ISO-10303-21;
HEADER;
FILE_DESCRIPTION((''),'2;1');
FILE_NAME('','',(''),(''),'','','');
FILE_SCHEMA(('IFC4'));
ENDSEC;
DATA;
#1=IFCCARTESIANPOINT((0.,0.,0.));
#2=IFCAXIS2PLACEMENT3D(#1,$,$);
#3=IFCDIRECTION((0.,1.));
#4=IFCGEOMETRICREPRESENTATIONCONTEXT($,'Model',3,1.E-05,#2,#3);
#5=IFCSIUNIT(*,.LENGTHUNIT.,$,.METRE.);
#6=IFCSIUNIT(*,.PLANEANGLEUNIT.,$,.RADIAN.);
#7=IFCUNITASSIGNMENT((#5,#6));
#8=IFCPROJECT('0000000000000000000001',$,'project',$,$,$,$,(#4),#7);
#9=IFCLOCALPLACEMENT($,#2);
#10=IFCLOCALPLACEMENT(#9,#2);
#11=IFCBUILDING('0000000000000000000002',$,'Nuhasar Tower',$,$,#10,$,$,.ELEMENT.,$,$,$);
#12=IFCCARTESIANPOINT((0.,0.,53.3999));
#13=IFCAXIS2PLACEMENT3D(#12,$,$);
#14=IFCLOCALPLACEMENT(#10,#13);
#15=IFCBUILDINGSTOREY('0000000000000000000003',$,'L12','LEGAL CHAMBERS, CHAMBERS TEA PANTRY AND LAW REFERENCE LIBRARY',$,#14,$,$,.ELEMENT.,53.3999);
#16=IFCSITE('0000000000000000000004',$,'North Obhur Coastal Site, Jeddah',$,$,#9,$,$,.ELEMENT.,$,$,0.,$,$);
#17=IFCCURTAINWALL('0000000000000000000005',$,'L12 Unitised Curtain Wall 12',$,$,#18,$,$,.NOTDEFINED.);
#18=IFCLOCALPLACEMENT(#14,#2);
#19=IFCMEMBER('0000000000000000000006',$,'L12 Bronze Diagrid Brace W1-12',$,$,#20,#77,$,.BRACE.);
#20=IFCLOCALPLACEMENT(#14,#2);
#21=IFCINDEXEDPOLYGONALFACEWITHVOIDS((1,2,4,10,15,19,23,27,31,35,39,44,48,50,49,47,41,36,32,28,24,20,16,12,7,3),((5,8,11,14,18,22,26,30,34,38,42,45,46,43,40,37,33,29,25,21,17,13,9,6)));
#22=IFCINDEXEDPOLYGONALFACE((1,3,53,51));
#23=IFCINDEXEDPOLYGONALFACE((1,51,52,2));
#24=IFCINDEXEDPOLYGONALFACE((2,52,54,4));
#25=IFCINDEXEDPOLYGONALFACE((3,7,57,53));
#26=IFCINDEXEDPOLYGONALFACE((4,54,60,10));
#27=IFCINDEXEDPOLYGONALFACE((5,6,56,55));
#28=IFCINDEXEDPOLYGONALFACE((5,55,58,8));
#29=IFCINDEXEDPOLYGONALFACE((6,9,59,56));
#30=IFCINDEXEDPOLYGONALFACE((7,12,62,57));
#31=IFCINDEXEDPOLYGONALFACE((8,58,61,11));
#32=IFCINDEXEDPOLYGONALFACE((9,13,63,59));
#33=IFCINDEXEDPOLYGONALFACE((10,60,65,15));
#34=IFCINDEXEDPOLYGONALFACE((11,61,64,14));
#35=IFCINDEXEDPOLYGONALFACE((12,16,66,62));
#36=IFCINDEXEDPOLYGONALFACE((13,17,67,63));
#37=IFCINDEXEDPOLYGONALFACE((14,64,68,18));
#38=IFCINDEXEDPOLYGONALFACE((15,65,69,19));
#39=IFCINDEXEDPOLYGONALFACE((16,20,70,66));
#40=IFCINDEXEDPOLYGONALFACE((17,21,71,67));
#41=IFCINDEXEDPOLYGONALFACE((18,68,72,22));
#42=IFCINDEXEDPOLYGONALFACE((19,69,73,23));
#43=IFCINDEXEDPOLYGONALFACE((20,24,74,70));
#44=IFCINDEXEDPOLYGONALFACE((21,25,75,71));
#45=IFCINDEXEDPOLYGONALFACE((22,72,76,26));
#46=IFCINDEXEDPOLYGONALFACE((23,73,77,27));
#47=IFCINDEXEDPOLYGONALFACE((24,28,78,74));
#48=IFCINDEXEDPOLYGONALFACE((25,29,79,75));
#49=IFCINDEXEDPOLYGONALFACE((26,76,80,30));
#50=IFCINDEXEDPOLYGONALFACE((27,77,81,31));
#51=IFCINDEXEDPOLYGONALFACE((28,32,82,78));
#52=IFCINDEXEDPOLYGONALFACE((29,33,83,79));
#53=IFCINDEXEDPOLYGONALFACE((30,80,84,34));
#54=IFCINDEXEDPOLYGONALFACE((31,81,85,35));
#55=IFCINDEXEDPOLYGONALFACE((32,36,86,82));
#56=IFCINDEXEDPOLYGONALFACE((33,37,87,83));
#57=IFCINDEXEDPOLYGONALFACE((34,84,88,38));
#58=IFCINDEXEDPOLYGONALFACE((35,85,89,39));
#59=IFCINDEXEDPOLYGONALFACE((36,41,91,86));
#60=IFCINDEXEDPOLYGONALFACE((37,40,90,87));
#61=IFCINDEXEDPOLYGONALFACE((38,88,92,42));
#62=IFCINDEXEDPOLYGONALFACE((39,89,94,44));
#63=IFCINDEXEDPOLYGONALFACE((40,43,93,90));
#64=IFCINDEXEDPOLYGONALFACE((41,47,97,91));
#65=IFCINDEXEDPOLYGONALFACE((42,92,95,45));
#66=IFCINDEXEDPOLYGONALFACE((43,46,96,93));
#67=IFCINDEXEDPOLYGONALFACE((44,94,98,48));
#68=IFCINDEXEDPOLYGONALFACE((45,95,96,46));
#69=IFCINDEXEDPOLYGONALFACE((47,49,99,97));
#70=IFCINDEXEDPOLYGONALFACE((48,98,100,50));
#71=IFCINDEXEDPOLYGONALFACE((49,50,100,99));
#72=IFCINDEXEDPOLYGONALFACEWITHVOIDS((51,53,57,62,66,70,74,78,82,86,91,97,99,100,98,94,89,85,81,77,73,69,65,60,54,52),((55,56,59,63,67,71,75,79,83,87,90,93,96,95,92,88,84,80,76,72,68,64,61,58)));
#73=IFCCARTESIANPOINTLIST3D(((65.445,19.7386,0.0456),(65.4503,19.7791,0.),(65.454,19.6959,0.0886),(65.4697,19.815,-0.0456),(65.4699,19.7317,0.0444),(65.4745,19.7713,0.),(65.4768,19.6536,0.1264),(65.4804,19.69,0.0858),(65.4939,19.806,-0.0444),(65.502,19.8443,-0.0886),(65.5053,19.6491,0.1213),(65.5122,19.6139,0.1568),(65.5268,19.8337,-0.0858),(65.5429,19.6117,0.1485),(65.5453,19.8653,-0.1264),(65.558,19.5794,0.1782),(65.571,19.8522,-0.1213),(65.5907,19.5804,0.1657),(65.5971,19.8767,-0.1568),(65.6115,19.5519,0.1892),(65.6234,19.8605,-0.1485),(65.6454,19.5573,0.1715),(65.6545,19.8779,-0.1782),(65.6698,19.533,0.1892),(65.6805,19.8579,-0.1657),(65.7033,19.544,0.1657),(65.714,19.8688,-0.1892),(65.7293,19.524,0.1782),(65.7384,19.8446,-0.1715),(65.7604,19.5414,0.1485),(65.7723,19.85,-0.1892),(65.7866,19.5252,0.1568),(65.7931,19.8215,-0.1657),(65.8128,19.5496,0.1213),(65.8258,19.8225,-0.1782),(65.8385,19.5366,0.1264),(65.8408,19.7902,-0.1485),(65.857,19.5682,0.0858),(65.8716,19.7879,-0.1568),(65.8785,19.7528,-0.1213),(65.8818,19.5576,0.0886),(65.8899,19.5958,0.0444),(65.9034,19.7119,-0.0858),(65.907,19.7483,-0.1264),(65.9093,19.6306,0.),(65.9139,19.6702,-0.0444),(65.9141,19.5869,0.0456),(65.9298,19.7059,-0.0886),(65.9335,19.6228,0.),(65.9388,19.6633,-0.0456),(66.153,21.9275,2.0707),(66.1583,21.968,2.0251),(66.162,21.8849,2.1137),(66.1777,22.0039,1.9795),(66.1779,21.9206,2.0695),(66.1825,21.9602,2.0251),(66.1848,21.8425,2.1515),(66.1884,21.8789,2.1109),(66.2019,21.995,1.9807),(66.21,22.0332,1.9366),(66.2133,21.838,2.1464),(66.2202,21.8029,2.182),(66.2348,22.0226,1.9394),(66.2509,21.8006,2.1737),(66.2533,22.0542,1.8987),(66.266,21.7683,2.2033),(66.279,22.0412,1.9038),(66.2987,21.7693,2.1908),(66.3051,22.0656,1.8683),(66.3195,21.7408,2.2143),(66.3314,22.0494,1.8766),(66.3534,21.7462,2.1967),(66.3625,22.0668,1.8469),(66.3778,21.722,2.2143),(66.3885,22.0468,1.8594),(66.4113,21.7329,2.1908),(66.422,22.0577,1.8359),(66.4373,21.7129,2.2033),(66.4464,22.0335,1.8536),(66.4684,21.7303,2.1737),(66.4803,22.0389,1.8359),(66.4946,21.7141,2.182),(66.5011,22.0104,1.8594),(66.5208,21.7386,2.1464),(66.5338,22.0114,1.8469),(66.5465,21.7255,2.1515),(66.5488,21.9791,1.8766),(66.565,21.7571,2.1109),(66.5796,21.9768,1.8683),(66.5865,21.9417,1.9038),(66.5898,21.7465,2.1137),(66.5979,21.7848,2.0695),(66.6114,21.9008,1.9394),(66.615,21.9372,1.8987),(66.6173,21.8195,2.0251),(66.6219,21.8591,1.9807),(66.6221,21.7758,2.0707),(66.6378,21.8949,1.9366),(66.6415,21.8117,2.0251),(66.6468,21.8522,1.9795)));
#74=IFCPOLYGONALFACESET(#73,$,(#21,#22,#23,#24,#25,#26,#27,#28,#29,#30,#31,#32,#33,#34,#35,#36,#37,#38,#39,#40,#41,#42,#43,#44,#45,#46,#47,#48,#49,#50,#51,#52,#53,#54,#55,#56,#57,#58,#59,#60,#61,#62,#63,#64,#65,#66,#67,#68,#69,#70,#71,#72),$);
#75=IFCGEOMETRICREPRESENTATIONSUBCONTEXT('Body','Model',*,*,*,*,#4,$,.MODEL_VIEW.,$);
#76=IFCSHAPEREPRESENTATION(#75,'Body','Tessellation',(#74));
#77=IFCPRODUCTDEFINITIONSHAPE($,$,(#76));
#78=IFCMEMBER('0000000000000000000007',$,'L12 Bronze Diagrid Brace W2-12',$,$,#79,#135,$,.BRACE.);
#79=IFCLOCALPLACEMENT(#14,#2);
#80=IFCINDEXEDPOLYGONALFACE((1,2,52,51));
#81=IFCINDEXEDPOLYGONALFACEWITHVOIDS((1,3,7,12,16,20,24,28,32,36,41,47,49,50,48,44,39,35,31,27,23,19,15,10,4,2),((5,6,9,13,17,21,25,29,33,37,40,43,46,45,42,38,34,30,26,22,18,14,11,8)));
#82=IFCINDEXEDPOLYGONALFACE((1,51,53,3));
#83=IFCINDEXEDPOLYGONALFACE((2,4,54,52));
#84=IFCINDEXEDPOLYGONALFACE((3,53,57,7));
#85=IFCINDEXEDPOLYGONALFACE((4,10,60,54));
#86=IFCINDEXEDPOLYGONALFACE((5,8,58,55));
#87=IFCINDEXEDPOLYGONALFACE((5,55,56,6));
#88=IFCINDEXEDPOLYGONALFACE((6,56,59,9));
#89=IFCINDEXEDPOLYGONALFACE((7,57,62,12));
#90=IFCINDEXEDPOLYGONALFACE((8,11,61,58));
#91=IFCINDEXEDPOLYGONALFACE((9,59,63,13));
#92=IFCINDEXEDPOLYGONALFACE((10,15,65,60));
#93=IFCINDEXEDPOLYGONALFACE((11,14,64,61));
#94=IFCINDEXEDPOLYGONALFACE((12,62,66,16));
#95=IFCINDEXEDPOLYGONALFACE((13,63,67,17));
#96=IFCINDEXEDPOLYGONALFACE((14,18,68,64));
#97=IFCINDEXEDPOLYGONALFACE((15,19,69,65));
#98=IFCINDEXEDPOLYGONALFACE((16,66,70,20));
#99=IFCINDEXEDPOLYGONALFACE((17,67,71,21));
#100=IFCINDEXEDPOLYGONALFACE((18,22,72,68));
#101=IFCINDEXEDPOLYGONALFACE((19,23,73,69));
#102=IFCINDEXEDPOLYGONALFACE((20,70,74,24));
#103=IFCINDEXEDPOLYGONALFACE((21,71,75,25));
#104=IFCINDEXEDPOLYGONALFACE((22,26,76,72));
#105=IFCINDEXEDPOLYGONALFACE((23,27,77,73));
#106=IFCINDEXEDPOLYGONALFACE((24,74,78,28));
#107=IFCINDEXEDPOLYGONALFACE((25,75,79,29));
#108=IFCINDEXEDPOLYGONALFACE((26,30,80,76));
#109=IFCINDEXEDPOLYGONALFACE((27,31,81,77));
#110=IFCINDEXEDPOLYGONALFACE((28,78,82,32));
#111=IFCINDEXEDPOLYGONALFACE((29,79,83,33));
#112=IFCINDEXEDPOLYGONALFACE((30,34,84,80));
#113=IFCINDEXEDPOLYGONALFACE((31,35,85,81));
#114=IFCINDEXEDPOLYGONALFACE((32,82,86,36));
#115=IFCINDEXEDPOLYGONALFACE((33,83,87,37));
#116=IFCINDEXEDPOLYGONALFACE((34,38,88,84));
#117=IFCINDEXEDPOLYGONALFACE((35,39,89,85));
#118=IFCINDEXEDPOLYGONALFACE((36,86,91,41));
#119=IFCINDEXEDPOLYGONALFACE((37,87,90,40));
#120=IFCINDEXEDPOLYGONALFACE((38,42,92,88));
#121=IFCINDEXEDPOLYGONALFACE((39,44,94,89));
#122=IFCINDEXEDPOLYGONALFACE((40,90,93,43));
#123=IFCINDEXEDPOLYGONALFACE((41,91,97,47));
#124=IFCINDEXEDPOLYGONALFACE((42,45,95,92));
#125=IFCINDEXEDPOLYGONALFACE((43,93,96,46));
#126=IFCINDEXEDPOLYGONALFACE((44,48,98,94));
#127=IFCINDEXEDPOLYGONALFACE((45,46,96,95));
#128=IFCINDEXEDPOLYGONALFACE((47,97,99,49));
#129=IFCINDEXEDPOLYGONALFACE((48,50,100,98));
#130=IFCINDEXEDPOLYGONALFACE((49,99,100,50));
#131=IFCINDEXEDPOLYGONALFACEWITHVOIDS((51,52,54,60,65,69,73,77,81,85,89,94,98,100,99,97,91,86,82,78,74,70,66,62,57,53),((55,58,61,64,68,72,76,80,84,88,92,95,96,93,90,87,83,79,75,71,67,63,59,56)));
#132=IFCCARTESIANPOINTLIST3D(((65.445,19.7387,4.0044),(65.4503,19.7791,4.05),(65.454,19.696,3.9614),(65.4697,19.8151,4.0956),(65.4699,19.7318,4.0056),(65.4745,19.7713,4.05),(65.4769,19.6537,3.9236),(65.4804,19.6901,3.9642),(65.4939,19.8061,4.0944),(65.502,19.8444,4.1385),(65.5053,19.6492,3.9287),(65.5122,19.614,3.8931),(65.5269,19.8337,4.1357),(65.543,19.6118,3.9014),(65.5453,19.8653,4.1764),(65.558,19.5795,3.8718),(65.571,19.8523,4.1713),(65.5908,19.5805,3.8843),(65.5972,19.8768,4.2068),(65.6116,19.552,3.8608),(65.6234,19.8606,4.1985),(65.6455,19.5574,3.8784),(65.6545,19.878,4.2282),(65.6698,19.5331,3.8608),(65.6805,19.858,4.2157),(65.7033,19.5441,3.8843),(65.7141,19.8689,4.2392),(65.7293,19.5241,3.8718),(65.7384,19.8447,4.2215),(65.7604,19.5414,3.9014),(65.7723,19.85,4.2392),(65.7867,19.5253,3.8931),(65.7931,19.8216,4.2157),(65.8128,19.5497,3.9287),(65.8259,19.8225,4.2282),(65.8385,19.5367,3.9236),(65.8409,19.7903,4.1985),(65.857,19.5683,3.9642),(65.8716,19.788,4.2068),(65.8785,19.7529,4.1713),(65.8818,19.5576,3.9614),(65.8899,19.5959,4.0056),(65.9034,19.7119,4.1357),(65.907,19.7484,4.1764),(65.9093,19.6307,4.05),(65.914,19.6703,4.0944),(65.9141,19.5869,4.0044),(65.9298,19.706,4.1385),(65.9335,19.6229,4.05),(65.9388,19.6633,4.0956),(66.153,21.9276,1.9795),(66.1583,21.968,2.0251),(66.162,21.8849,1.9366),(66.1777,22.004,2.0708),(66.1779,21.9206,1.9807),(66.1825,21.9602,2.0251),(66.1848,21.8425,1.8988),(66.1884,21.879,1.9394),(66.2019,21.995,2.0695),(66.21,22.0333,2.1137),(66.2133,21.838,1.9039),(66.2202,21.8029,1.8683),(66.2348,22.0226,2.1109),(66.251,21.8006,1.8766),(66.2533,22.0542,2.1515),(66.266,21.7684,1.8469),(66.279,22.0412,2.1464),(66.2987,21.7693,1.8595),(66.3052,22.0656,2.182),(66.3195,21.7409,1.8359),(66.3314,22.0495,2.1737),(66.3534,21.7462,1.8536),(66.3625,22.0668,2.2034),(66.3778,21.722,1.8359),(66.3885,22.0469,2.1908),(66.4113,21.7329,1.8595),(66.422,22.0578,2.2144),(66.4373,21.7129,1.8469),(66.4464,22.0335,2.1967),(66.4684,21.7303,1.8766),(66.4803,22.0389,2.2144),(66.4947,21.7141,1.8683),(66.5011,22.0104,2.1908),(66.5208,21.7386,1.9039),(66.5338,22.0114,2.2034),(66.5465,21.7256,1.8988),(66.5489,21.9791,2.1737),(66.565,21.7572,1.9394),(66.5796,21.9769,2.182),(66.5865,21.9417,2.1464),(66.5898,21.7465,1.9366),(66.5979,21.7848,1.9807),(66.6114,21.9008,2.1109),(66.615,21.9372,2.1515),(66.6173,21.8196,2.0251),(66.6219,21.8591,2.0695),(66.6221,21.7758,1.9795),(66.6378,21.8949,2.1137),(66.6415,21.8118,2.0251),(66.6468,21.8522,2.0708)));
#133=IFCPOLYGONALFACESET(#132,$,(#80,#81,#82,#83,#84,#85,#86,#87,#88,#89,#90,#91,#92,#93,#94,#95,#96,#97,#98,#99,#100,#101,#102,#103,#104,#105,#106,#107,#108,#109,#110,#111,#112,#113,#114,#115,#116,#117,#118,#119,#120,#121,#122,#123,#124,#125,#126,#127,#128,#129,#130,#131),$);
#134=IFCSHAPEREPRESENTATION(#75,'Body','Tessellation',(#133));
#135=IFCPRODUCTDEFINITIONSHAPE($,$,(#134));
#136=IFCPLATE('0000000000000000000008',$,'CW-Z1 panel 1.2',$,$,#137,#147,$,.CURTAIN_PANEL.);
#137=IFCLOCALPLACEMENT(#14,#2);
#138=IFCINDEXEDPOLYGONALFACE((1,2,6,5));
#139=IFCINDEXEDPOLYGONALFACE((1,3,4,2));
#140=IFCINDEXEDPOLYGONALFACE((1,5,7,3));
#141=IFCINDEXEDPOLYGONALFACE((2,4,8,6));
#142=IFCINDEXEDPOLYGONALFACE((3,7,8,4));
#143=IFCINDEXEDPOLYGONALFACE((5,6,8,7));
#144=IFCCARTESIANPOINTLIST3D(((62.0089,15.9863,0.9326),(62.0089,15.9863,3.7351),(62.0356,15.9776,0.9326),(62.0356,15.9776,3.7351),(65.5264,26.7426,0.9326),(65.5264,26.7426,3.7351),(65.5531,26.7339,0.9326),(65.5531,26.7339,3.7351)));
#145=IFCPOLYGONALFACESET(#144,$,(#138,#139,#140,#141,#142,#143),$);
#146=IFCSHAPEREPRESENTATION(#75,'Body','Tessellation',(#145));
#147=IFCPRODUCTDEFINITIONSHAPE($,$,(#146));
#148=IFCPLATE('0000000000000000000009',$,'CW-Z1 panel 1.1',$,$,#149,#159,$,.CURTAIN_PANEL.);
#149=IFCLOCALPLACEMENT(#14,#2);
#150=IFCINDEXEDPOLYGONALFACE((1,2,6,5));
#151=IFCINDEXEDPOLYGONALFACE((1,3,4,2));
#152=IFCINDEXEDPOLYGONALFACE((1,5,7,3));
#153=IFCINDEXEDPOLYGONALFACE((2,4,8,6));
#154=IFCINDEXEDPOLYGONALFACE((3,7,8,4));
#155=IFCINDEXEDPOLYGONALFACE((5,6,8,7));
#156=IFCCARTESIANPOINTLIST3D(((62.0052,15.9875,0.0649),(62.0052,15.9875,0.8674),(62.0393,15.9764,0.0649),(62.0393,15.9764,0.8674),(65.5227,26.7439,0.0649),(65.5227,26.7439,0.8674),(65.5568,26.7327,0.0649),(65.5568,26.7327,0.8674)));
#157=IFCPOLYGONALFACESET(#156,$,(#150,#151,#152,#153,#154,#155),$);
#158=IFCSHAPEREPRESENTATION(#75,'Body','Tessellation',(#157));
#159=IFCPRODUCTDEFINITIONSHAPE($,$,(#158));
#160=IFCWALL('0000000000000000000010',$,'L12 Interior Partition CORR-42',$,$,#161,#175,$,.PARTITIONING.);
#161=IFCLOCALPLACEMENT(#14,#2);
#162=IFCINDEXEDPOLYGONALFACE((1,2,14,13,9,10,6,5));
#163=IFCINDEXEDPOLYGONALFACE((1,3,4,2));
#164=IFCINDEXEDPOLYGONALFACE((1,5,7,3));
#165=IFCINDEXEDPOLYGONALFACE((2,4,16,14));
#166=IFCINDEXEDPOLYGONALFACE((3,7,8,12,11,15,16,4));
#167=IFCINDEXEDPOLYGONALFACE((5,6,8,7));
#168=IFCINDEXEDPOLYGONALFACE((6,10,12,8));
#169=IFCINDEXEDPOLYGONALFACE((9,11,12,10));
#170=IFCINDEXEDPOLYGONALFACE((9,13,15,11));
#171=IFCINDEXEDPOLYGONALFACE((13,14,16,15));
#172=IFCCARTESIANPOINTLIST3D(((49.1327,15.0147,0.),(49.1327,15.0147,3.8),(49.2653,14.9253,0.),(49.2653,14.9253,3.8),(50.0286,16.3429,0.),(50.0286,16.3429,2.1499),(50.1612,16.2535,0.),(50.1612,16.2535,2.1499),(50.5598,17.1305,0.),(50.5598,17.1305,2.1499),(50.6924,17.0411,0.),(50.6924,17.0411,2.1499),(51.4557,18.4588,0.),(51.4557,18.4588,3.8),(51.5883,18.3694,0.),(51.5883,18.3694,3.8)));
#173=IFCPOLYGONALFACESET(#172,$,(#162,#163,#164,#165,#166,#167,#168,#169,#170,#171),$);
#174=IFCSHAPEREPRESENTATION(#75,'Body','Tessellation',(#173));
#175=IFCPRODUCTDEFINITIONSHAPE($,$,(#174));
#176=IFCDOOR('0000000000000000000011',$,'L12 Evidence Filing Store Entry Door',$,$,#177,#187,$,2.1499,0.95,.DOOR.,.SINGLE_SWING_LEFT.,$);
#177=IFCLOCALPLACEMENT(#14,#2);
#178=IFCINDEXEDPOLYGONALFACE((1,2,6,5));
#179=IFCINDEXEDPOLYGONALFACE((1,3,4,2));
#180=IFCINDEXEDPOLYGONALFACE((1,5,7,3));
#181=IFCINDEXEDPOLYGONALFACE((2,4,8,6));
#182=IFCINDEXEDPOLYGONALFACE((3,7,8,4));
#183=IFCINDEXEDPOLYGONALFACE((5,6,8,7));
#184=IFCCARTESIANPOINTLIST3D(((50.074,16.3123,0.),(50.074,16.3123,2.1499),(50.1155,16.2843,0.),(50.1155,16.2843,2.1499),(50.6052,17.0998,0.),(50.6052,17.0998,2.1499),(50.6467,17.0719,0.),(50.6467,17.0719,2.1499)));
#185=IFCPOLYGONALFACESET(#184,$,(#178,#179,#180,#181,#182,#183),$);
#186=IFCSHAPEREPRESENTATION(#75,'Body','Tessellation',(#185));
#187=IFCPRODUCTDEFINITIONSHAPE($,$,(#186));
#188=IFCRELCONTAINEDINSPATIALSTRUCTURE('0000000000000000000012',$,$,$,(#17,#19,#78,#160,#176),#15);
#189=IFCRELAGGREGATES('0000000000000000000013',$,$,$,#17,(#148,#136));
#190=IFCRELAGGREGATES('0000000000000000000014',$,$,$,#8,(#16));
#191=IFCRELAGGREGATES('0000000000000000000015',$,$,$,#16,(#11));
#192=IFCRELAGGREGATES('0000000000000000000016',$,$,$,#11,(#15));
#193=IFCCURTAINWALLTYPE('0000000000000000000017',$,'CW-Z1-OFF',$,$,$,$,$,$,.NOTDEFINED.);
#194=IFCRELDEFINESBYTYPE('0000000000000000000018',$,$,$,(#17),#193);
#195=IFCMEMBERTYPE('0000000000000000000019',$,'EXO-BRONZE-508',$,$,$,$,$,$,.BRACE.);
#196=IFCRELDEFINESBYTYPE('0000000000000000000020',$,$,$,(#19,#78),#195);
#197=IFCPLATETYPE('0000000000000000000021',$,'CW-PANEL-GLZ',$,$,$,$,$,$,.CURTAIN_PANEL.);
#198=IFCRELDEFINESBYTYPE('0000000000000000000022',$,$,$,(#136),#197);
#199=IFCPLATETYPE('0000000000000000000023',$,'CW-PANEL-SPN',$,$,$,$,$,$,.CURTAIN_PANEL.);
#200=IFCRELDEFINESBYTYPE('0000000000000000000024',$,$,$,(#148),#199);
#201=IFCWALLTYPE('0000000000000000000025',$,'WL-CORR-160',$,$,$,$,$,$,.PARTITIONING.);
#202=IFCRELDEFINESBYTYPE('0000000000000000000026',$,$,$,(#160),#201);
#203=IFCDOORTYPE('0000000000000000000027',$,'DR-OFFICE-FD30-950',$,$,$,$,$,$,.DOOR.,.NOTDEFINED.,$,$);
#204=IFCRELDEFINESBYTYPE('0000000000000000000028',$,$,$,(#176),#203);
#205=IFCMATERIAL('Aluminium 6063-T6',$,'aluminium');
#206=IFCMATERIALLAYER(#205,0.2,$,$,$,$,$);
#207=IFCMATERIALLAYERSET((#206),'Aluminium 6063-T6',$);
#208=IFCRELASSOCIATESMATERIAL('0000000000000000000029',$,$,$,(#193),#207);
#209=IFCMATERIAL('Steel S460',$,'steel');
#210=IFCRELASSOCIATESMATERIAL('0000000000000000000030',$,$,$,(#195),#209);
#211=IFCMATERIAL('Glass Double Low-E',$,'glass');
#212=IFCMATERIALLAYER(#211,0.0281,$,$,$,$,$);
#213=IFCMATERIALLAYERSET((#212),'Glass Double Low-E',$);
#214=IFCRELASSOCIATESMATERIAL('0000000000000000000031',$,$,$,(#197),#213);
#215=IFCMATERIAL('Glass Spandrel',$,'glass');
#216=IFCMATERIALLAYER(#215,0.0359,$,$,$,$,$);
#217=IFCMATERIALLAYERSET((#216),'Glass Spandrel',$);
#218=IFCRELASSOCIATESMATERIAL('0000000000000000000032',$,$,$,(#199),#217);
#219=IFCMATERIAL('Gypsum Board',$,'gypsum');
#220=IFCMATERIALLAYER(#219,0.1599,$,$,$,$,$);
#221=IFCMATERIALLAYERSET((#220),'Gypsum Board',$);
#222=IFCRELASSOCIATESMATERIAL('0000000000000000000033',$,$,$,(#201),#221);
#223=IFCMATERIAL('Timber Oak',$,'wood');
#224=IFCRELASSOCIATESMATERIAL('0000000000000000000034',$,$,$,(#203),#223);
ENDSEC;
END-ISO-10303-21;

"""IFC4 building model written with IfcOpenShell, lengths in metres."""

from ifc_helpers import new_model, si_unit, direction, frame, frame_2d, origin, origin_2d, place, context, subcontext, project, spatial, rectangle, hollow_circle, extrude, material, layer, layer_set, material_profile, profile_set, type_object, element, fill, aggregate, save


model = new_model("IFC4")

# Units and contexts
model_context = context("Model", 3, precision=1e-05, world=origin(), true_north=direction((0.0, 1.0)))
body_context = subcontext(model_context, "Body", "Model", "MODEL_VIEW")
ifc_project = project(units=[si_unit("LENGTHUNIT", "METRE"), si_unit("PLANEANGLEUNIT", "RADIAN")], contexts=[model_context])

# Site, building, storey
site_placement = place(None, origin())
site = spatial("IfcSite", under=ifc_project, at=site_placement, Name="North Obhur Coastal Site, Jeddah", CompositionType="ELEMENT", RefElevation=0.0)
building_placement = place(site_placement, origin())
building = spatial("IfcBuilding", under=site, at=building_placement, Name="Nuhasar Tower", CompositionType="ELEMENT")
storey_placement = place(building_placement, frame((0.0, 0.0, 53.3999)))
storey = spatial("IfcBuildingStorey", under=building, at=storey_placement, Name="L12", Description="LEGAL CHAMBERS, CHAMBERS TEA PANTRY AND LAW REFERENCE LIBRARY", CompositionType="ELEMENT", Elevation=53.3999)

# Curtain wall
ifc_material_1 = material(Name="Aluminium 6063-T6", Category="aluminium")
ifc_layer_1 = layer(ifc_material_1, 0.2)
ifc_layer_set_1 = layer_set([ifc_layer_1], Name="Aluminium 6063-T6")
curtain_wall_type = type_object("IfcCurtainWallType", Name="CW-Z1-OFF", PredefinedType="NOTDEFINED", material=ifc_layer_set_1)
curtain_wall_placement = place(storey_placement, origin())
curtain_wall = element("IfcCurtainWall", 1, at=curtain_wall_placement, inside=storey, type_object=curtain_wall_type, Name="L12 Unitised Curtain Wall 12", PredefinedType="NOTDEFINED")

# Members
ifc_material_2 = material(Name="Steel S460", Category="steel")
ifc_material_profile_1 = material_profile(ifc_material_2, hollow_circle(Radius=0.2539, WallThickness=0.0254, at=origin_2d()), Name="HSS508X25.4")
ifc_profile_set_1 = profile_set([ifc_material_profile_1], Name="Steel S460")
member_type_1 = type_object("IfcMemberType", Name="EXO-BRONZE-508", PredefinedType="BRACE", material=ifc_profile_set_1)
member_1_placement = place(storey_placement, frame((65.6919, 19.7009, 0.0), z_axis=(0.231, 0.714187, 0.660739), x_axis=(-0.951468, 0.307747, 0.0)))
element("IfcMember", 2, at=member_1_placement, inside=storey, type_object=member_type_1, Name="L12 Bronze Diagrid Brace W1-12", PredefinedType="BRACE", context=body_context, shape_type="SweptSolid", body=[
    extrude(hollow_circle(Radius=0.2539, WallThickness=0.0254, at=origin_2d()), origin(), (0.0, 0.0, 1.0), 3.0649),
])
member_2_placement = place(storey_placement, frame((66.3999, 21.8899, 2.0251), z_axis=(-0.231012, -0.714225, 0.660694), x_axis=(0.951468, -0.307747, 0.0)))
element("IfcMember", 3, at=member_2_placement, inside=storey, type_object=member_type_1, Name="L12 Bronze Diagrid Brace W2-12", PredefinedType="BRACE", context=body_context, shape_type="SweptSolid", body=[
    extrude(hollow_circle(Radius=0.2539, WallThickness=0.0254, at=origin_2d()), origin(), (0.0, 0.0, 1.0), 3.0647),
])

# Plates
ifc_material_3 = material(Name="Glass Double Low-E", Category="glass")
ifc_layer_2 = layer(ifc_material_3, 0.0281)
ifc_layer_set_2 = layer_set([ifc_layer_2], Name="Glass Double Low-E")
plate_type_1 = type_object("IfcPlateType", Name="CW-PANEL-GLZ", PredefinedType="CURTAIN_PANEL", material=ifc_layer_set_2)
plate_1_placement = place(storey_placement, frame((63.781, 21.3601, 0.9326), z_axis=(0.0, 0.0, 1.0), x_axis=(0.310824, 0.950468, 0.0)))
plate_1 = element("IfcPlate", 4, at=plate_1_placement, type_object=plate_type_1, Name="CW-Z1 panel 1.2", PredefinedType="CURTAIN_PANEL", context=body_context, shape_type="SweptSolid", body=[
    extrude(rectangle(XDim=11.3169, YDim=0.0281, at=origin_2d()), origin(), (0.0, 0.0, 1.0), 2.8025),
])
ifc_material_4 = material(Name="Glass Spandrel", Category="glass")
ifc_layer_3 = layer(ifc_material_4, 0.0359)
ifc_layer_set_3 = layer_set([ifc_layer_3], Name="Glass Spandrel")
plate_type_2 = type_object("IfcPlateType", Name="CW-PANEL-SPN", PredefinedType="CURTAIN_PANEL", material=ifc_layer_set_3)
plate_2_placement = place(storey_placement, frame((63.781, 21.3601, 0.0649), z_axis=(0.0, 0.0, 1.0), x_axis=(0.310824, 0.950468, 0.0)))
plate_2 = element("IfcPlate", 5, at=plate_2_placement, type_object=plate_type_2, Name="CW-Z1 panel 1.1", PredefinedType="CURTAIN_PANEL", context=body_context, shape_type="SweptSolid", body=[
    extrude(rectangle(XDim=11.3169, YDim=0.0359, at=origin_2d()), origin(), (0.0, 0.0, 1.0), 0.8025),
])
aggregate(curtain_wall, [plate_2, plate_1])

# Wall, opening, door
ifc_material_5 = material(Name="Gypsum Board", Category="gypsum")
ifc_layer_4 = layer(ifc_material_5, 0.1599)
ifc_layer_set_4 = layer_set([ifc_layer_4], Name="Gypsum Board")
wall_type_1 = type_object("IfcWallType", Name="WL-CORR-160", PredefinedType="PARTITIONING", material=ifc_layer_set_4)
wall_1_placement = place(storey_placement, frame((51.522, 18.4141, 0.0), z_axis=(0.0, 0.0, 1.0), x_axis=(-0.559181, -0.829046, 0.0)))
wall_1 = element("IfcWall", 6, at=wall_1_placement, inside=storey, type_object=wall_type_1, Name="L12 Interior Partition CORR-42", PredefinedType="PARTITIONING", context=body_context, shape_type="SweptSolid", body=[
    extrude(rectangle(XDim=4.1543, YDim=0.1599, at=frame_2d((2.0771, 0.0))), origin(), (0.0, 0.0, 1.0), 3.8),
])
opening_1_placement = place(wall_1_placement, frame((1.6021, 0.0, 0.0)))
opening_1 = element("IfcOpeningElement", 7, at=opening_1_placement, cuts=wall_1, PredefinedType="OPENING", context=body_context, shape_type="SweptSolid", body=[
    extrude(rectangle(XDim=0.95, YDim=2.1499, at=frame_2d((0.4751, 1.075))), frame((0.0, 0.0898, 0.0), z_axis=(0.0, -1.0, 0.0), x_axis=(1.0, 0.0, 0.0)), (0.0, 0.0, 1.0), 0.1799),
])
ifc_material_6 = material(Name="Timber Oak", Category="wood")
door_type_1 = type_object("IfcDoorType", Name="DR-OFFICE-FD30-950", OperationType="NOTDEFINED", PredefinedType="DOOR", material=ifc_material_6)
door_1_placement = place(opening_1_placement, origin())
door_1 = element("IfcDoor", 8, at=door_1_placement, inside=storey, type_object=door_type_1, Name="L12 Evidence Filing Store Entry Door", OperationType="SINGLE_SWING_LEFT", OverallHeight=2.1499, OverallWidth=0.95, PredefinedType="DOOR", context=body_context, shape_type="SweptSolid", body=[
    extrude(rectangle(XDim=0.95, YDim=2.1499, at=frame_2d((0.4751, 1.075))), frame((0.0, 0.0249, 0.0), z_axis=(0.0, -1.0, 0.0), x_axis=(1.0, 0.0, 0.0)), (0.0, 0.0, 1.0), 0.05),
])
fill(opening_1, door_1)

save(model, "model.ifc")
